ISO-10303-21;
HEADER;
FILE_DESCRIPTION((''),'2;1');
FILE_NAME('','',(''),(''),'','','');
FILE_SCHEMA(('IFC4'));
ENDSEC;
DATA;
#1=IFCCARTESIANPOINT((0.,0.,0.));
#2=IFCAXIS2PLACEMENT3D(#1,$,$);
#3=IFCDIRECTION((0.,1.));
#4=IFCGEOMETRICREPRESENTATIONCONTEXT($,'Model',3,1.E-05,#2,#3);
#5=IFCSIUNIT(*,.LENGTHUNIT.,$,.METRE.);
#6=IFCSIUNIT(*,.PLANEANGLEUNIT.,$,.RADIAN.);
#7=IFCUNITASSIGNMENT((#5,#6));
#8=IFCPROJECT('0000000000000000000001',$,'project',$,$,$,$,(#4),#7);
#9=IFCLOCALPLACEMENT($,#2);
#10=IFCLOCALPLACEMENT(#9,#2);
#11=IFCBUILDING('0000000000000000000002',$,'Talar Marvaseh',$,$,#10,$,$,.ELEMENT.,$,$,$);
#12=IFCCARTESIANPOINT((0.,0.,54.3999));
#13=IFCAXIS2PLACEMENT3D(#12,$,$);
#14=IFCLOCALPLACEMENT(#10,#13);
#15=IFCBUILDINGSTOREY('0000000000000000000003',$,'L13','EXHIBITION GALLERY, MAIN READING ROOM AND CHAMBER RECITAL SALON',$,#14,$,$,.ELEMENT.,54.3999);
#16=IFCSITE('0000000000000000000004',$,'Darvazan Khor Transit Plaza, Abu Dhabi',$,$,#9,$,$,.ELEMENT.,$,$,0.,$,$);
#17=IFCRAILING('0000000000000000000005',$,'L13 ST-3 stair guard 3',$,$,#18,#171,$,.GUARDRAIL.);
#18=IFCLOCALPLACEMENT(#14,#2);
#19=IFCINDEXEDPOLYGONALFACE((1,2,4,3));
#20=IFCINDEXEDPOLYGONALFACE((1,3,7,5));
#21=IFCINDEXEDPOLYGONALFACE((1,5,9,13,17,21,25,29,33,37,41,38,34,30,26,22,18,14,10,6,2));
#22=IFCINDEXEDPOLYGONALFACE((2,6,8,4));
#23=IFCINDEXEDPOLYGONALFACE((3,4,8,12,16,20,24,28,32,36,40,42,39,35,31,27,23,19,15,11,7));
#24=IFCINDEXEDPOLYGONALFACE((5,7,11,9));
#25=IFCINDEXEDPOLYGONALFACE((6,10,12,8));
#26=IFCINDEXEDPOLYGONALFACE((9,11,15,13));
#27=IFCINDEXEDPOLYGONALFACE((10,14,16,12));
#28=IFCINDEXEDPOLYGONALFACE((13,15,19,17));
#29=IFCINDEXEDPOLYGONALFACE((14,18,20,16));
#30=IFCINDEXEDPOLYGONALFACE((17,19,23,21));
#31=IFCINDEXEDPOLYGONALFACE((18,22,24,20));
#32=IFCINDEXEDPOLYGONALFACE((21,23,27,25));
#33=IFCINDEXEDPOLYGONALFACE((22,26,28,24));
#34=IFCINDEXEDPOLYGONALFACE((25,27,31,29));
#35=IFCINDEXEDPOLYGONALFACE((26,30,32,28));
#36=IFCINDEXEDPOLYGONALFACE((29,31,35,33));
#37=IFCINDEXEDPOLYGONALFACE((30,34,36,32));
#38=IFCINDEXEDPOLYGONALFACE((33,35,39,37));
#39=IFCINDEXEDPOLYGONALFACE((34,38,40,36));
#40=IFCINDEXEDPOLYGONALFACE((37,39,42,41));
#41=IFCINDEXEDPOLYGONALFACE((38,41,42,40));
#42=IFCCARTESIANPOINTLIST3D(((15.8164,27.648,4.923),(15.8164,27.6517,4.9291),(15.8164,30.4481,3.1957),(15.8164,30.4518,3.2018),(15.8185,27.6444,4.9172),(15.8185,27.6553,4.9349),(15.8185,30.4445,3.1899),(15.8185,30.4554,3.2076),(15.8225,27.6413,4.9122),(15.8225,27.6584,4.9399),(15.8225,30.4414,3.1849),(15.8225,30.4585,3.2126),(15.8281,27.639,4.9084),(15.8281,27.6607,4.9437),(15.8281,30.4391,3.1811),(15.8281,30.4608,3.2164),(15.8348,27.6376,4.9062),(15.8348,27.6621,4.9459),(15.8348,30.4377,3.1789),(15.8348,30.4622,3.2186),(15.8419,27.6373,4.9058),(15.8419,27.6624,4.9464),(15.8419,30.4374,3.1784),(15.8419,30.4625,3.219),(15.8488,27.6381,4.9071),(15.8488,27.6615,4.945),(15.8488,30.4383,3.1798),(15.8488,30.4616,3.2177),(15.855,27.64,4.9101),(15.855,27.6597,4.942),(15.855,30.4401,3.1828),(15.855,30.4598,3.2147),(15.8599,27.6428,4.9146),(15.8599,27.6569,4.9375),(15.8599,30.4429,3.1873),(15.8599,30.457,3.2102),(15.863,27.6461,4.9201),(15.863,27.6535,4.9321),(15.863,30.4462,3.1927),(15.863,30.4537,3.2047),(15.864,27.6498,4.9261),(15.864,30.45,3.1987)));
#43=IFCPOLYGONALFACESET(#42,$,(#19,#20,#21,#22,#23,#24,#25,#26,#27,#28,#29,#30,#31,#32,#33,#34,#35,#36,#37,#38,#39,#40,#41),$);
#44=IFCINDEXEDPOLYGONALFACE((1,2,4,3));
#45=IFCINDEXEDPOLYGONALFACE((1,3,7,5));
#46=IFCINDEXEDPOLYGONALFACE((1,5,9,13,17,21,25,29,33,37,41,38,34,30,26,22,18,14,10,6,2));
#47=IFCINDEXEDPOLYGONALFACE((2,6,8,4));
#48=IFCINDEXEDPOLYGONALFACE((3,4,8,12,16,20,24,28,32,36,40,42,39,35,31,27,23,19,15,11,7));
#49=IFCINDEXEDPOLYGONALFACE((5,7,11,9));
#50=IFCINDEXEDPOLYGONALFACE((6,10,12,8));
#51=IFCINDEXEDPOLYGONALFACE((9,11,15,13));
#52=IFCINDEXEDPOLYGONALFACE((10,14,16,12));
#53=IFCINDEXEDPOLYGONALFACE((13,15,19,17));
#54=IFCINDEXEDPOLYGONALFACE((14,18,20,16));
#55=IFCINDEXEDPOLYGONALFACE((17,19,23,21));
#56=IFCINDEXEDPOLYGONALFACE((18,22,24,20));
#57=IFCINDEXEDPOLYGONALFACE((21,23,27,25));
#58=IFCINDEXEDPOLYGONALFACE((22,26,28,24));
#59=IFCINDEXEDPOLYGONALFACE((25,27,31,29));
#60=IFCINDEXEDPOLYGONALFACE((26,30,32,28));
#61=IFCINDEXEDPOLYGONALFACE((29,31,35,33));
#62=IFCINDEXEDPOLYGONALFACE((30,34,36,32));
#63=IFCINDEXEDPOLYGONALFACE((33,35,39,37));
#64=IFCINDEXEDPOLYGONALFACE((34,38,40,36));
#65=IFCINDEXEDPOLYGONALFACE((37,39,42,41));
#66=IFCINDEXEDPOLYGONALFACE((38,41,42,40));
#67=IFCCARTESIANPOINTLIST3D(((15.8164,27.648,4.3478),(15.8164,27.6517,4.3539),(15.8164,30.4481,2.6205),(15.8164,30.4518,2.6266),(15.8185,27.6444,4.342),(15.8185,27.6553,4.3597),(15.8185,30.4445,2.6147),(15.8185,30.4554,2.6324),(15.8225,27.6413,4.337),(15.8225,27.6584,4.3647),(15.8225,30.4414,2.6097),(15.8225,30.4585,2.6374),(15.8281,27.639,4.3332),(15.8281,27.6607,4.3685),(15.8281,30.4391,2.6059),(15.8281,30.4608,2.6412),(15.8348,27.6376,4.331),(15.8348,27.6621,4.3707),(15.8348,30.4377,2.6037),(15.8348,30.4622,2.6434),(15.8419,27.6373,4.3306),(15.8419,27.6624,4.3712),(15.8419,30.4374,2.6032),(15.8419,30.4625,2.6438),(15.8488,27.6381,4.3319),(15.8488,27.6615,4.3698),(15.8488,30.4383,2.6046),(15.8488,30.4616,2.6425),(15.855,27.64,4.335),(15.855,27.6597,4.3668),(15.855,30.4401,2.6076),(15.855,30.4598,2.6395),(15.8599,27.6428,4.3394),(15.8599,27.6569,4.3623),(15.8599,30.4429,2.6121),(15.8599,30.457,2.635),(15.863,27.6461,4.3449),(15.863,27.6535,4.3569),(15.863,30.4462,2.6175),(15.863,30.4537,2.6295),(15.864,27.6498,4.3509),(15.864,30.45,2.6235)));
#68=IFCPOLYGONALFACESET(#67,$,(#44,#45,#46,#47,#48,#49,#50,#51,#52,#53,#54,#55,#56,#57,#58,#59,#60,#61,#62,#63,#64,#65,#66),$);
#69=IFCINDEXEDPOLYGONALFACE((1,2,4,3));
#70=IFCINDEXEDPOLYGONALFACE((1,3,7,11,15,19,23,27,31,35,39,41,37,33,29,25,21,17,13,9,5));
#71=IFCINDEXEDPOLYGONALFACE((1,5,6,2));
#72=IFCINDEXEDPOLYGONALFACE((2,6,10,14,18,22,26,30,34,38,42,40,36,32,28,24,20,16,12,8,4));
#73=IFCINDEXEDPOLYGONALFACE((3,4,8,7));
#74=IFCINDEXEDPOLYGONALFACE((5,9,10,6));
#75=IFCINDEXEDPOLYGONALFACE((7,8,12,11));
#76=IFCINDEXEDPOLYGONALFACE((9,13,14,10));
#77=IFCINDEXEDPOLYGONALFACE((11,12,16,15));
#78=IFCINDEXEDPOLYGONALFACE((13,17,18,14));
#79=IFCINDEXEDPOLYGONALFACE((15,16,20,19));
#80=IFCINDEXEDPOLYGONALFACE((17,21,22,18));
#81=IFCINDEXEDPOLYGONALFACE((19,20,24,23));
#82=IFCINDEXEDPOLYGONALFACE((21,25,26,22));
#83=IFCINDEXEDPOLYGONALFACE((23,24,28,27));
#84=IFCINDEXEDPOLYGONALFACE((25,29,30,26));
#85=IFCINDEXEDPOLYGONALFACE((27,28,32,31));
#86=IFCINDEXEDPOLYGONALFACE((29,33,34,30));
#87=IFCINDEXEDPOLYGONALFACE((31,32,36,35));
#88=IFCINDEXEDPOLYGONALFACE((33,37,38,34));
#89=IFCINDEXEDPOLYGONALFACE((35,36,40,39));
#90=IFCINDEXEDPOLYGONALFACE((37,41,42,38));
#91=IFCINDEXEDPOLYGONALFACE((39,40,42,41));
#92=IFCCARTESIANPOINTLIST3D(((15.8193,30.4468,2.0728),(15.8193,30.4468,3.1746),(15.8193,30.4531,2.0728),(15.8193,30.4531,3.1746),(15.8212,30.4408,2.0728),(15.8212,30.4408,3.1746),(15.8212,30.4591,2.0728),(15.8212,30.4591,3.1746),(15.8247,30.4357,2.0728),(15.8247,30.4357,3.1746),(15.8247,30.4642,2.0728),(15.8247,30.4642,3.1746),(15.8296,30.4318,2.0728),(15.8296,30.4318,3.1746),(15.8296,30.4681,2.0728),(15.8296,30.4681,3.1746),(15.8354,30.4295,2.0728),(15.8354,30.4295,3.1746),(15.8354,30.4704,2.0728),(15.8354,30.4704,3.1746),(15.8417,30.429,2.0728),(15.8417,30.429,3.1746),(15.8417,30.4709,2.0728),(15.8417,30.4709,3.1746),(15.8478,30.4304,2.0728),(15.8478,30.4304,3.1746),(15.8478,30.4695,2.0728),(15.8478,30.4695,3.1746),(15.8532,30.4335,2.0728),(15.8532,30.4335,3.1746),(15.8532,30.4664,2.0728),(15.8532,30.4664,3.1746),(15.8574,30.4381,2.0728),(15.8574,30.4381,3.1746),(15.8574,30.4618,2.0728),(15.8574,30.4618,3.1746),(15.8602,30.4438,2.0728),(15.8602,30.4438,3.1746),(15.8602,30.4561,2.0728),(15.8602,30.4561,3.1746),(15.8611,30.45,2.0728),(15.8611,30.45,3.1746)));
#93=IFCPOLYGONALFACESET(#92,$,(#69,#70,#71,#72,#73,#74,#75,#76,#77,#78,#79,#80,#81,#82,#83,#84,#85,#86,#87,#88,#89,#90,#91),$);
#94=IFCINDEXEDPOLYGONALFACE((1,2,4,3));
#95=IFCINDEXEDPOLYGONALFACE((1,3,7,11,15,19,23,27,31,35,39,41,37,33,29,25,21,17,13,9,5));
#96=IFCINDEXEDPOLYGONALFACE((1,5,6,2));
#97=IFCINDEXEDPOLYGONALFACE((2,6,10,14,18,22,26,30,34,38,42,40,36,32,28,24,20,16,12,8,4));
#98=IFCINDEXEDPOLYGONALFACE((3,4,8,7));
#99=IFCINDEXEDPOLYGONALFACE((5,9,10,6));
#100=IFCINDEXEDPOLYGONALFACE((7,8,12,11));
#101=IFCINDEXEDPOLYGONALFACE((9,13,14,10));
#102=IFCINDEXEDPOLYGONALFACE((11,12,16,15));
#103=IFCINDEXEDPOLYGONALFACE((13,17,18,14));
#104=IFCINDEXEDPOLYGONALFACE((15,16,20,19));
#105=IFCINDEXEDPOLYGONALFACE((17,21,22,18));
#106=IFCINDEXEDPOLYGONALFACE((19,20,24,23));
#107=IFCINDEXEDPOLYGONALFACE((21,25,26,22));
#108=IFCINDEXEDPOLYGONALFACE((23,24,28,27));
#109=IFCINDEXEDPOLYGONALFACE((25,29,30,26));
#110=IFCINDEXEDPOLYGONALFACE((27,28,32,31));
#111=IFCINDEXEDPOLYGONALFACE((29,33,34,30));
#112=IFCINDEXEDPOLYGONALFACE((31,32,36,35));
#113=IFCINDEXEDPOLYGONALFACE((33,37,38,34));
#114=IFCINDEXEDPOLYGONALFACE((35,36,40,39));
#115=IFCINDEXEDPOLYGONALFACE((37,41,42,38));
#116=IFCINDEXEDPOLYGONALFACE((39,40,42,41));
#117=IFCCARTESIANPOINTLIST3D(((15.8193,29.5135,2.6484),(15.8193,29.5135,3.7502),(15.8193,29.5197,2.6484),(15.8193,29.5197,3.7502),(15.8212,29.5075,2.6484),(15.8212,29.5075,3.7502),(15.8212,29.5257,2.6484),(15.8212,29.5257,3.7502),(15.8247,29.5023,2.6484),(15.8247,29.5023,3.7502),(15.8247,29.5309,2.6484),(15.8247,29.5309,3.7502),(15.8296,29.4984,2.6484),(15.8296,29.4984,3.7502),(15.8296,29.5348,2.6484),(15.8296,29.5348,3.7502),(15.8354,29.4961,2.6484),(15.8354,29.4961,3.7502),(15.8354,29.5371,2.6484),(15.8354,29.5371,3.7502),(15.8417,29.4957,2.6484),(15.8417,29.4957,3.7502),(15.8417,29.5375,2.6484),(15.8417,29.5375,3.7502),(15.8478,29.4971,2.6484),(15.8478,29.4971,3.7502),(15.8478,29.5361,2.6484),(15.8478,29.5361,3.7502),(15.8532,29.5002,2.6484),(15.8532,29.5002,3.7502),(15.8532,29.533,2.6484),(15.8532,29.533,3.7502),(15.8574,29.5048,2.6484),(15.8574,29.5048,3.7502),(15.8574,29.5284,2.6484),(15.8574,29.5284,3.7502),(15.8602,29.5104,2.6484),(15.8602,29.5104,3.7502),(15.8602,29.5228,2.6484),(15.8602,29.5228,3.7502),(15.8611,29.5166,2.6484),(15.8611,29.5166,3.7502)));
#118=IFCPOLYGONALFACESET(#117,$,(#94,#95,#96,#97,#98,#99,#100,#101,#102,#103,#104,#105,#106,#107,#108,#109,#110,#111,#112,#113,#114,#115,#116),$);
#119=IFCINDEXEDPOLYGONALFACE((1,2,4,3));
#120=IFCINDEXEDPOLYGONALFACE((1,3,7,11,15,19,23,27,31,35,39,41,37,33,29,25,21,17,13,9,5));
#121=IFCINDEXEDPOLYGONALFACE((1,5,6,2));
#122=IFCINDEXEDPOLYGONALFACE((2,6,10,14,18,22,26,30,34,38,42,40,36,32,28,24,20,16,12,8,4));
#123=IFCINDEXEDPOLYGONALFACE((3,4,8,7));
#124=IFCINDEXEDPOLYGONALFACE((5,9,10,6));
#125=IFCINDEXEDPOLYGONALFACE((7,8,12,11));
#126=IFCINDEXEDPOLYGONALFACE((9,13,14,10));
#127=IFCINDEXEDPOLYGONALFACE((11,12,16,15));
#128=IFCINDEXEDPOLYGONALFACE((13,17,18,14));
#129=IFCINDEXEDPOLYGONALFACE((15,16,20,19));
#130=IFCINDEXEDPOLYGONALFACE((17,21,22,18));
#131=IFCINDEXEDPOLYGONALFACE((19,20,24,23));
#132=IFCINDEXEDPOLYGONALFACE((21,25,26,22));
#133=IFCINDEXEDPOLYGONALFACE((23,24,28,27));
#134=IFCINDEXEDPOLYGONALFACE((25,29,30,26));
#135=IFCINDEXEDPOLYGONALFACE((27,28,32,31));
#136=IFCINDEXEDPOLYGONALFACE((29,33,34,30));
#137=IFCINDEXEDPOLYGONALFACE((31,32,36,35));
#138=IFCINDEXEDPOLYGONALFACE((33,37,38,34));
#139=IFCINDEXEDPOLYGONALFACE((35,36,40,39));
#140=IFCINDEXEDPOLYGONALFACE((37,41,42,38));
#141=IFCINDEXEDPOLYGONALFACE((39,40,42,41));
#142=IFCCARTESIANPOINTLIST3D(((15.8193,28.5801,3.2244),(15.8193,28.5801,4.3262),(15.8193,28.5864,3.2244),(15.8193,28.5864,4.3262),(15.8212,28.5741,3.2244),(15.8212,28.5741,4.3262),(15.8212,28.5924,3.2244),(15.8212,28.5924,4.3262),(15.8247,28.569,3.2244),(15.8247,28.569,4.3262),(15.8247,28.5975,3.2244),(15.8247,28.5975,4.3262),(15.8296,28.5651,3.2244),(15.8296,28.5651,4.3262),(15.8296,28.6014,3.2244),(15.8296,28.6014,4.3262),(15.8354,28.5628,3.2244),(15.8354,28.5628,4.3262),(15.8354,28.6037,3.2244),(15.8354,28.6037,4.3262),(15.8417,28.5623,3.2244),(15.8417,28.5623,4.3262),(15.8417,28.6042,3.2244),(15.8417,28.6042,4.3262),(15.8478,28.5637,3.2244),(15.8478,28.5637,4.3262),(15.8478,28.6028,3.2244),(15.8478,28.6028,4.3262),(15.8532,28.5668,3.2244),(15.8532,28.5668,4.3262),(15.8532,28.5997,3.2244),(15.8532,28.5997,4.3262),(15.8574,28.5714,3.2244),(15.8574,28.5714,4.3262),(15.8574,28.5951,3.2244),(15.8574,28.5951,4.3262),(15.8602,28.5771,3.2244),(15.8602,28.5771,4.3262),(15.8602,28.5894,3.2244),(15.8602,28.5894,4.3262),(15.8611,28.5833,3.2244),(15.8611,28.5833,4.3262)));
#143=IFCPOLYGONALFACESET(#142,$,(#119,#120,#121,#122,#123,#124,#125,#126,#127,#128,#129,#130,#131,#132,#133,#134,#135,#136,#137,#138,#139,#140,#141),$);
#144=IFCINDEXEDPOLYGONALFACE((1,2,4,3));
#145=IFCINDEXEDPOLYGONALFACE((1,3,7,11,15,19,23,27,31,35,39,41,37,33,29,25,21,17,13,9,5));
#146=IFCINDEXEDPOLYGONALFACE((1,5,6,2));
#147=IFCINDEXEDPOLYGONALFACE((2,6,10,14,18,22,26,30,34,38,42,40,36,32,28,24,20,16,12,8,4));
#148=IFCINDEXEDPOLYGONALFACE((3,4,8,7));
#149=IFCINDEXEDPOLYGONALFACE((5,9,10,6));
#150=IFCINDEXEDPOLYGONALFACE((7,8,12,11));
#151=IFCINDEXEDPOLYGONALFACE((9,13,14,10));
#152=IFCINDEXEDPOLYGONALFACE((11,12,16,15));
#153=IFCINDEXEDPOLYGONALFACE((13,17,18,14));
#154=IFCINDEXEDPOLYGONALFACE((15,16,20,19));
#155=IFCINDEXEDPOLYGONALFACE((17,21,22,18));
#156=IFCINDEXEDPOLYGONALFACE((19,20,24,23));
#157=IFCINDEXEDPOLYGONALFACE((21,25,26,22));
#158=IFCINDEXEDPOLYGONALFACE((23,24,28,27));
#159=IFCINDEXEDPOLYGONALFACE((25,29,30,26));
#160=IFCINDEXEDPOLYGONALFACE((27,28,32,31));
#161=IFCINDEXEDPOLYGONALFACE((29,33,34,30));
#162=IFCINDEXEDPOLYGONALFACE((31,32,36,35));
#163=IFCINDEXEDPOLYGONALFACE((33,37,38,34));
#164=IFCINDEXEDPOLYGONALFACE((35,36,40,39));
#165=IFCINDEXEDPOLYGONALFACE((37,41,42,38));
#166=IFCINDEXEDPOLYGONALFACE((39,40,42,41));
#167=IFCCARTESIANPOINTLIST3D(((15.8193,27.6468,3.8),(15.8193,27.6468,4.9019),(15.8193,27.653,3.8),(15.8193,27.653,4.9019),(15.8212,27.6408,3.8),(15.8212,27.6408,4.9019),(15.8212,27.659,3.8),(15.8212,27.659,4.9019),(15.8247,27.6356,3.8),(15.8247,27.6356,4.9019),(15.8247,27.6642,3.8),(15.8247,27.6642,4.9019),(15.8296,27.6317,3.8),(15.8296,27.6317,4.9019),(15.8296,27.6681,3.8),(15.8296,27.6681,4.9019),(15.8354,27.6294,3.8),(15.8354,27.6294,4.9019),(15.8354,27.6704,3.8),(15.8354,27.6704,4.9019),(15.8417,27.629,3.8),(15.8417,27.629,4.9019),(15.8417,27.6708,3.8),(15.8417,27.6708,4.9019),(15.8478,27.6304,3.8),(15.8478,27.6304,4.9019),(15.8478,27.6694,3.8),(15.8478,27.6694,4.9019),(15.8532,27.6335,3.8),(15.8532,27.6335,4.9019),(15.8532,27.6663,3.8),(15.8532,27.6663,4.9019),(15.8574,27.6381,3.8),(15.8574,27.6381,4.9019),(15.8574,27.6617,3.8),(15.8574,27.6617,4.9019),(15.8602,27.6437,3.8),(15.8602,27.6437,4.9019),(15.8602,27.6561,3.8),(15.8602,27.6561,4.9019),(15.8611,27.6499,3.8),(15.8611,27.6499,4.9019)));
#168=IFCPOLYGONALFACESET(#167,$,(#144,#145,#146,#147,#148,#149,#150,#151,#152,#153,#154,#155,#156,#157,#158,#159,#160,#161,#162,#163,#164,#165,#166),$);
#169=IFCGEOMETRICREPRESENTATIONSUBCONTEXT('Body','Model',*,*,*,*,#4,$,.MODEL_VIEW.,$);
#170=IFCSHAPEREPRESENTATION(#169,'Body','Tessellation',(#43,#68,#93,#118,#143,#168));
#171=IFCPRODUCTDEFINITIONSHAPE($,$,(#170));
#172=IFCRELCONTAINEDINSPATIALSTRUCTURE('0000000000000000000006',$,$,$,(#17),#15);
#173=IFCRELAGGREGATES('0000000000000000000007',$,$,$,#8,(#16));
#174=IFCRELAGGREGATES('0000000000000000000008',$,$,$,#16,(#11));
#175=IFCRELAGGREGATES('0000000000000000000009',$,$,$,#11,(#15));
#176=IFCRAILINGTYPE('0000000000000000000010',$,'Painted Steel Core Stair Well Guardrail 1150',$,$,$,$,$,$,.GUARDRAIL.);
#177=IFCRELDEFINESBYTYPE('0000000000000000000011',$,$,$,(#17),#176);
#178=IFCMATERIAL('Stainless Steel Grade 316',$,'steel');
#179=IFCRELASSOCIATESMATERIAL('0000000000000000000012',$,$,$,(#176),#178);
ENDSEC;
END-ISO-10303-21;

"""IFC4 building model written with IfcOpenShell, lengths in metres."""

from ifc_helpers import new_model, si_unit, direction, frame, origin, origin_2d, place, context, subcontext, project, spatial, circle, extrude, material, type_object, element, save


model = new_model("IFC4")

# Units and contexts
model_context = context("Model", 3, precision=1e-05, world=origin(), true_north=direction((0.0, 1.0)))
body_context = subcontext(model_context, "Body", "Model", "MODEL_VIEW")
ifc_project = project(units=[si_unit("LENGTHUNIT", "METRE"), si_unit("PLANEANGLEUNIT", "RADIAN")], contexts=[model_context])

# Site, building, storey
site_placement = place(None, origin())
site = spatial("IfcSite", under=ifc_project, at=site_placement, Name="Darvazan Khor Transit Plaza, Abu Dhabi", CompositionType="ELEMENT", RefElevation=0.0)
building_placement = place(site_placement, origin())
building = spatial("IfcBuilding", under=site, at=building_placement, Name="Talar Marvaseh", CompositionType="ELEMENT")
storey_placement = place(building_placement, frame((0.0, 0.0, 54.3999)))
storey = spatial("IfcBuildingStorey", under=building, at=storey_placement, Name="L13", Description="EXHIBITION GALLERY, MAIN READING ROOM AND CHAMBER RECITAL SALON", CompositionType="ELEMENT", Elevation=54.3999)

# Railing
ifc_material_1 = material(Name="Stainless Steel Grade 316", Category="steel")
railing_type_1 = type_object("IfcRailingType", Name="Painted Steel Core Stair Well Guardrail 1150", PredefinedType="GUARDRAIL", material=ifc_material_1)
railing_1_placement = place(storey_placement, frame((15.8401, 30.45, 2.0728)))
element("IfcRailing", 1, at=railing_1_placement, inside=storey, type_object=railing_type_1, Name="L13 ST-3 stair guard 3", PredefinedType="GUARDRAIL", context=body_context, shape_type="SweptSolid", body=[
    extrude(circle(Radius=0.0239, at=origin_2d()), frame((0.0, 0.0, 1.126), z_axis=(0.0, -0.85109, 0.52502), x_axis=(1.0, 0.0, 0.0)), (0.0, 0.0, 1.0), 3.29),
    extrude(circle(Radius=0.0239, at=origin_2d()), frame((0.0, 0.0, 0.5508), z_axis=(0.0, -0.85109, 0.52502), x_axis=(1.0, 0.0, 0.0)), (0.0, 0.0, 1.0), 3.29),
    extrude(circle(Radius=0.021, at=origin_2d()), origin(), (0.0, 0.0, 1.0), 1.1018),
    extrude(circle(Radius=0.021, at=origin_2d()), frame((0.0, -0.9333, 0.5757)), (0.0, 0.0, 1.0), 1.1018),
    extrude(circle(Radius=0.021, at=origin_2d()), frame((0.0, -1.8667, 1.1516)), (0.0, 0.0, 1.0), 1.1018),
    extrude(circle(Radius=0.021, at=origin_2d()), frame((0.0, -2.8, 1.7273)), (0.0, 0.0, 1.0), 1.1018),
])

save(model, "model.ifc")
